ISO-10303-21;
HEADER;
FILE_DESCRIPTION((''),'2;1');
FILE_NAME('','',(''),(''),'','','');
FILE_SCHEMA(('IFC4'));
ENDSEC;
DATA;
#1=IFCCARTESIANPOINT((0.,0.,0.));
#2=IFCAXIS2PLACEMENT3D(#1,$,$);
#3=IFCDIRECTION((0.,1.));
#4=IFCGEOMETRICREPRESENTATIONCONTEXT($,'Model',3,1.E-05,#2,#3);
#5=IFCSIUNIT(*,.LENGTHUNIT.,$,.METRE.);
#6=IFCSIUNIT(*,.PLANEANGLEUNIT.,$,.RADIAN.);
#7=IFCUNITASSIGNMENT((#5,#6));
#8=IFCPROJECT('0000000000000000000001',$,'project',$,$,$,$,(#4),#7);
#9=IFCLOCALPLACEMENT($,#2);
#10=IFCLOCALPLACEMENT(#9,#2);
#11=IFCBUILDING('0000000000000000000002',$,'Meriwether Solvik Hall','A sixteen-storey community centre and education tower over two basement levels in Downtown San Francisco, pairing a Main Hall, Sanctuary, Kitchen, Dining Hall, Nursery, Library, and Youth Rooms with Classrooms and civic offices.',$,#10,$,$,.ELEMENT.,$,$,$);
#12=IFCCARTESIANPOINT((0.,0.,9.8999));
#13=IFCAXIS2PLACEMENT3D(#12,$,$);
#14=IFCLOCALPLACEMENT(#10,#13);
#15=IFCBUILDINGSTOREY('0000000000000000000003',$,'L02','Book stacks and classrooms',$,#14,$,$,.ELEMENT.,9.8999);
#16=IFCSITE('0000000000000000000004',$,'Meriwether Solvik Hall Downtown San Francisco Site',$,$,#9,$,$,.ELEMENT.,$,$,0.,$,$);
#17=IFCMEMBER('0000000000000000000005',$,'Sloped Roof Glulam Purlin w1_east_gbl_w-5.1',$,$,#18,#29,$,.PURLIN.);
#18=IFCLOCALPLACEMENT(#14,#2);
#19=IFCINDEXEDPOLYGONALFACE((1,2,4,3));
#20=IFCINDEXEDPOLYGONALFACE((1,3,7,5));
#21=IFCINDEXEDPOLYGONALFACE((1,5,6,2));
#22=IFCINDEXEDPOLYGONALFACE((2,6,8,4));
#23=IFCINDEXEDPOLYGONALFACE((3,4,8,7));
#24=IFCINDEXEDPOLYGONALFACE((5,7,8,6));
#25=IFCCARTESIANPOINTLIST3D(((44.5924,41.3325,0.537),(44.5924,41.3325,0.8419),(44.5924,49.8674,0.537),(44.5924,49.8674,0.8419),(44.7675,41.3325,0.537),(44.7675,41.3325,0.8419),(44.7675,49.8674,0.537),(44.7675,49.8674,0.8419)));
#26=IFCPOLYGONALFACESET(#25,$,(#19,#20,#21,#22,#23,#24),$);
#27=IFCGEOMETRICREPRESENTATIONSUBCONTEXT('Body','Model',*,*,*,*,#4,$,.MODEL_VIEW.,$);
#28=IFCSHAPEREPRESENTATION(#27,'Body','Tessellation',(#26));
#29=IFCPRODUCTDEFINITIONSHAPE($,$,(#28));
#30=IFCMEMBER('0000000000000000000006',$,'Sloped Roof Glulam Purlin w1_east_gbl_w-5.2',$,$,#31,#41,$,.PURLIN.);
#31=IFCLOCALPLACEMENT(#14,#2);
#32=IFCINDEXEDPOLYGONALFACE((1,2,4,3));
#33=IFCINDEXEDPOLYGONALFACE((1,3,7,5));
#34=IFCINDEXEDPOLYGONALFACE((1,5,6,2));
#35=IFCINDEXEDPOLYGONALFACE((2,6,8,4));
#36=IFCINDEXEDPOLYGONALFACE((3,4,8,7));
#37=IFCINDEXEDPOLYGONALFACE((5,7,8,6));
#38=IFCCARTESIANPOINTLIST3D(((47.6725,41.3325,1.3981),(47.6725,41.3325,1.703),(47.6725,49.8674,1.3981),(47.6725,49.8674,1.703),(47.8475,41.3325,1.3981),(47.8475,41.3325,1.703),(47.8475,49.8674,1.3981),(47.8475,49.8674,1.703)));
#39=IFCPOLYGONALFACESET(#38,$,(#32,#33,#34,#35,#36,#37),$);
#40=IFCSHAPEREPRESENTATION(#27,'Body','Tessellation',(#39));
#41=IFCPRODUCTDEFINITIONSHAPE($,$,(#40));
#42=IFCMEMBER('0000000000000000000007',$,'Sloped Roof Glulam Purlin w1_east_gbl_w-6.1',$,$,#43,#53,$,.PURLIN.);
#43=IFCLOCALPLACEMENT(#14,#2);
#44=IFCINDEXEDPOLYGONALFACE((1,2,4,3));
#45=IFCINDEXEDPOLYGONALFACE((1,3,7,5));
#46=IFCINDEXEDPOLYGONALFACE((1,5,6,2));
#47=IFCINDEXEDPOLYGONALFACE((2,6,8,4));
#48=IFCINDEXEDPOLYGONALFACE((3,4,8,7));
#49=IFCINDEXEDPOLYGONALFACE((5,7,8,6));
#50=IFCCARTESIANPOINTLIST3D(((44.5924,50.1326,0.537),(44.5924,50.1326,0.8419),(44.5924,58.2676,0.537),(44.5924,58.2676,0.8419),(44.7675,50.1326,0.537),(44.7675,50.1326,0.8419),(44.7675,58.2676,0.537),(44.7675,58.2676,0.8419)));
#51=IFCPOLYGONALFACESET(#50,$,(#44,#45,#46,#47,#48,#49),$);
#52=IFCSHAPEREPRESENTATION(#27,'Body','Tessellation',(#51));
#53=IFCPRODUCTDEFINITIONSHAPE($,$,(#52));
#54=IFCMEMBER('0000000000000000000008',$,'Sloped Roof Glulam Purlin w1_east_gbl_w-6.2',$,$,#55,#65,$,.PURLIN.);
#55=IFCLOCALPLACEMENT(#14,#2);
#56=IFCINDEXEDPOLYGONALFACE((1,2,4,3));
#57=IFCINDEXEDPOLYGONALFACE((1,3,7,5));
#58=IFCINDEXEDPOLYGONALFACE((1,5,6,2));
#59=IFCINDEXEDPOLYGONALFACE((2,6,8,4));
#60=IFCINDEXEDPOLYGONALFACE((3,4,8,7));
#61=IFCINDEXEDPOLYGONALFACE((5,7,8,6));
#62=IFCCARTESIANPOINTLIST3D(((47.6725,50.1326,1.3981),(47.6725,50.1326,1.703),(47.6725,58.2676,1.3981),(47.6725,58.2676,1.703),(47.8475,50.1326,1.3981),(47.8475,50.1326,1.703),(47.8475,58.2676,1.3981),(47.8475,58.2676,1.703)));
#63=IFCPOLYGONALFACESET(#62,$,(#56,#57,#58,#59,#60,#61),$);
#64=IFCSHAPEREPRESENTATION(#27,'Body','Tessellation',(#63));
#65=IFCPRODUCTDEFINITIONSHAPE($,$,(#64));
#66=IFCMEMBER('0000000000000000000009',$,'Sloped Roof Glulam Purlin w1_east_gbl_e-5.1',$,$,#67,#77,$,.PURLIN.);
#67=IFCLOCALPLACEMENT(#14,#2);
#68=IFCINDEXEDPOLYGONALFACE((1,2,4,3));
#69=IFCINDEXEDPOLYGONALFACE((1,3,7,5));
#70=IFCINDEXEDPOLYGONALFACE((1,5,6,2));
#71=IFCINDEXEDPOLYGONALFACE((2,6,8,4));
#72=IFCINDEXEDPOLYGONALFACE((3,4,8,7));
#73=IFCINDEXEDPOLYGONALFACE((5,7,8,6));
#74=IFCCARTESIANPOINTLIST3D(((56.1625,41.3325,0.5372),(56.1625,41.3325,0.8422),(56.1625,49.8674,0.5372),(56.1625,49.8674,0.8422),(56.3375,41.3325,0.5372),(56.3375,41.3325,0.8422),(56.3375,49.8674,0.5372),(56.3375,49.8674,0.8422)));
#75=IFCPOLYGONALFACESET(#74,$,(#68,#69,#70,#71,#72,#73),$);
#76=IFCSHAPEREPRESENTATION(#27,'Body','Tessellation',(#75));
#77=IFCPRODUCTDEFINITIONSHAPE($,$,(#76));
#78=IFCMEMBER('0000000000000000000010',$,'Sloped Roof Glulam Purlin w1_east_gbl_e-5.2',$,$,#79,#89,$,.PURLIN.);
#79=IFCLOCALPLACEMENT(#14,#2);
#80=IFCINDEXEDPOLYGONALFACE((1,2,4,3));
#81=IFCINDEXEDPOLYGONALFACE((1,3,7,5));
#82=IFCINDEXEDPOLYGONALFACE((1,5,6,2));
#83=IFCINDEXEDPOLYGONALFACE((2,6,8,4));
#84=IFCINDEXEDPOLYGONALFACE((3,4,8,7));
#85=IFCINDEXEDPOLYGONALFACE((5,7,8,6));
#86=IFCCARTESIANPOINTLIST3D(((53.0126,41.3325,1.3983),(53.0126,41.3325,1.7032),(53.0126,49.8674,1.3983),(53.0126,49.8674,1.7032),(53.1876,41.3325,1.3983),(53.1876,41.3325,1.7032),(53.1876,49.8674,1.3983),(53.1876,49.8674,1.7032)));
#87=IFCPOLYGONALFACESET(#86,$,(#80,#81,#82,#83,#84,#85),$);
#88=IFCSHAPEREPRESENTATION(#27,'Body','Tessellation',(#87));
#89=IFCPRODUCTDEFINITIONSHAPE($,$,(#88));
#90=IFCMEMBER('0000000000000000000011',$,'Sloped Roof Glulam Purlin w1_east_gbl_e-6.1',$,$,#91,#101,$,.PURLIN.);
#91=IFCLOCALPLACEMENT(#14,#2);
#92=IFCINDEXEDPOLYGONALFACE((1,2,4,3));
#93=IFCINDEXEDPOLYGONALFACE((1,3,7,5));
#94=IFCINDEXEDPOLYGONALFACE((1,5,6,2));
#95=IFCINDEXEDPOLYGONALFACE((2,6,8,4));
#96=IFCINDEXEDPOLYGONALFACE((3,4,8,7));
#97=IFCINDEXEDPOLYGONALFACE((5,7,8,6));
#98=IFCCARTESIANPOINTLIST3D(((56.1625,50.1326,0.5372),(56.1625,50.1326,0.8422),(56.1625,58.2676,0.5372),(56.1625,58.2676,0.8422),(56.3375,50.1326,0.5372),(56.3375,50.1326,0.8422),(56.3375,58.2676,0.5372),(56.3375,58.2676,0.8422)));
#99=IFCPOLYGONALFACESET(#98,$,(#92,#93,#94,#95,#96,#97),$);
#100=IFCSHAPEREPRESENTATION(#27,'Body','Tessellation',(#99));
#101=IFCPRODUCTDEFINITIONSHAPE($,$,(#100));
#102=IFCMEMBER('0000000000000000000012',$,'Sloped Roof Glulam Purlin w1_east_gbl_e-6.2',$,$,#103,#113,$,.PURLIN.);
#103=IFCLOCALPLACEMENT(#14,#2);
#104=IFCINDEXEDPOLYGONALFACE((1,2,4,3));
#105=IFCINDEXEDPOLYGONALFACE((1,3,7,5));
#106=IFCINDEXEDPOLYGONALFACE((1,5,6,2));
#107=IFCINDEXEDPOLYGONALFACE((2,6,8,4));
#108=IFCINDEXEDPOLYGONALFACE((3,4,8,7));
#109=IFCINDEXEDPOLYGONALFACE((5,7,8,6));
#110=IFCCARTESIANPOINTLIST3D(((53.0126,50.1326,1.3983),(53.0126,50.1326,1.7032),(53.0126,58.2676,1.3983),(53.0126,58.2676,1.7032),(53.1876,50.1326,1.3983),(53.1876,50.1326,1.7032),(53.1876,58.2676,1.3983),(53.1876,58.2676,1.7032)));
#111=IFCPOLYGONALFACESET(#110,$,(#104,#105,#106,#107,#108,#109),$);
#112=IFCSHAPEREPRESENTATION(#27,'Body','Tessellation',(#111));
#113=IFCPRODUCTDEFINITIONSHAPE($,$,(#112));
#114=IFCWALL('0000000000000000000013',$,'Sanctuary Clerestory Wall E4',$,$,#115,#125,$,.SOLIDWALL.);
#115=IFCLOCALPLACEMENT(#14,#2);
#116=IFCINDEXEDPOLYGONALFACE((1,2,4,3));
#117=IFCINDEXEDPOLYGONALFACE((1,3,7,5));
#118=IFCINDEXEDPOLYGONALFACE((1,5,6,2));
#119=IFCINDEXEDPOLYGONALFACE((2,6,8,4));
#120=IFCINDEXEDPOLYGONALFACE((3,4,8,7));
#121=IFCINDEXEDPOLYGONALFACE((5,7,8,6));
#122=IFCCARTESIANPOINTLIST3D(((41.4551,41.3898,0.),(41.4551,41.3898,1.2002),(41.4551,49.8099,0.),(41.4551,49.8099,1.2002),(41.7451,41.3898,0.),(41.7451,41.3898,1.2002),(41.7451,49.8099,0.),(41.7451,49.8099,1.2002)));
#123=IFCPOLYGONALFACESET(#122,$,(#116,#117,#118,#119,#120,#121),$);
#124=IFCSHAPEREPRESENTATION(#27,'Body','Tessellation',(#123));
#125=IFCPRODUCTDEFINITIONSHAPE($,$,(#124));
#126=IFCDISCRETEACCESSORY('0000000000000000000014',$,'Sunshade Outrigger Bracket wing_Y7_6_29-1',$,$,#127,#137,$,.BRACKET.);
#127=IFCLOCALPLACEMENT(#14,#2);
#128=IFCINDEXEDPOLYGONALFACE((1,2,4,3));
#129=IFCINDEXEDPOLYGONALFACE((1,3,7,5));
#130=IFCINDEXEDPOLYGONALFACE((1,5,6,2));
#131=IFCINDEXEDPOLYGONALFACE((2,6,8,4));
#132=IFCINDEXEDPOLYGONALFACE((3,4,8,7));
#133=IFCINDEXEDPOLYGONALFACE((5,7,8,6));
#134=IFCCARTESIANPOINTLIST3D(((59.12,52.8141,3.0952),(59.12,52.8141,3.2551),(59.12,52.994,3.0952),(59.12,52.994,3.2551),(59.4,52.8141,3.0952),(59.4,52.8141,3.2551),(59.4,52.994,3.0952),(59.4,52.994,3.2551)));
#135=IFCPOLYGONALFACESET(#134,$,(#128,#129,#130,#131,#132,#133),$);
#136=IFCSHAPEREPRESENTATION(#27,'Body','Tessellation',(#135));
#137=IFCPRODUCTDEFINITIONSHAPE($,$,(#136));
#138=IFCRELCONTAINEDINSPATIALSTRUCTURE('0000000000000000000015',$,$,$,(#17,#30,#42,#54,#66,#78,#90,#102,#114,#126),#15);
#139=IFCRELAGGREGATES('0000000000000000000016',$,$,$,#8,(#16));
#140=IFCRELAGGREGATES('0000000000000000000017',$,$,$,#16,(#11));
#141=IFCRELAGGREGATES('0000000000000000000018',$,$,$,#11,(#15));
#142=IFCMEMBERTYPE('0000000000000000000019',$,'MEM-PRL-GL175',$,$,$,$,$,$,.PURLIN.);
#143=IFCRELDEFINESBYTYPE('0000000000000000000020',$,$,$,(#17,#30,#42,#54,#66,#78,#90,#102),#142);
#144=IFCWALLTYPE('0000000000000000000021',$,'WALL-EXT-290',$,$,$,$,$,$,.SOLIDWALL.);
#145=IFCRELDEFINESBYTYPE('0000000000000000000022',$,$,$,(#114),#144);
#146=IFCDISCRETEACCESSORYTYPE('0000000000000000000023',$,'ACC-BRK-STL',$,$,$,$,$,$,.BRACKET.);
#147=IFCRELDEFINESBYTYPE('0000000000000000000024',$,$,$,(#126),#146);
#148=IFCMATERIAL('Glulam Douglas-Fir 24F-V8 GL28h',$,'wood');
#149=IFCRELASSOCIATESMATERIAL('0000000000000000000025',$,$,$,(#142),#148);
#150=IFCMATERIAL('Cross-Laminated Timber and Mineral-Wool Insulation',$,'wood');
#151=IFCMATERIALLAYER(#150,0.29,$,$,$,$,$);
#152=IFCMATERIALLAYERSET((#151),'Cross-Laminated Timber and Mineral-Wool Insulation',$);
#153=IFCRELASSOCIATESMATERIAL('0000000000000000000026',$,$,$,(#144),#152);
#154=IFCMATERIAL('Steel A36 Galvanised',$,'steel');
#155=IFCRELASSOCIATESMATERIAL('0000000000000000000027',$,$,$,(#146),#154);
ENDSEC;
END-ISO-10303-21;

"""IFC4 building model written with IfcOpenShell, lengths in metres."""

from ifc_helpers import new_model, si_unit, direction, frame, frame_2d, origin, origin_2d, place, context, subcontext, project, spatial, rectangle, extrude, material, layer, layer_set, material_profile, profile_set, type_object, element, save


model = new_model("IFC4")

# Units and contexts
model_context = context("Model", 3, precision=1e-05, world=origin(), true_north=direction((0.0, 1.0)))
body_context = subcontext(model_context, "Body", "Model", "MODEL_VIEW")
ifc_project = project(units=[si_unit("LENGTHUNIT", "METRE"), si_unit("PLANEANGLEUNIT", "RADIAN")], contexts=[model_context])

# Site, building, storey
site_placement = place(None, origin())
site = spatial("IfcSite", under=ifc_project, at=site_placement, Name="Meriwether Solvik Hall Downtown San Francisco Site", CompositionType="ELEMENT", RefElevation=0.0)
building_placement = place(site_placement, origin())
building = spatial("IfcBuilding", under=site, at=building_placement, Name="Meriwether Solvik Hall", Description="A sixteen-storey community centre and education tower over two basement levels in Downtown San Francisco, pairing a Main Hall, Sanctuary, Kitchen, Dining Hall, Nursery, Library, and Youth Rooms with Classrooms and civic offices.", CompositionType="ELEMENT")
storey_placement = place(building_placement, frame((0.0, 0.0, 9.8999)))
storey = spatial("IfcBuildingStorey", under=building, at=storey_placement, Name="L02", Description="Book stacks and classrooms", CompositionType="ELEMENT", Elevation=9.8999)

# Members
ifc_material_1 = material(Name="Glulam Douglas-Fir 24F-V8 GL28h", Category="wood")
ifc_material_profile_1 = material_profile(ifc_material_1, rectangle(XDim=0.175, YDim=0.3049, at=origin_2d()), Name="GLM-175X305")
ifc_profile_set_1 = profile_set([ifc_material_profile_1], Name="Glulam Douglas-Fir 24F-V8 GL28h")
member_type = type_object("IfcMemberType", Name="MEM-PRL-GL175", PredefinedType="PURLIN", material=ifc_profile_set_1)
for number, where, z_axis, x_axis, name in (
    (1, (44.6799, 41.3325, 0.6895), (0.0, 1.0, 0.0), (-1.0, 0.0, 0.0), "Sloped Roof Glulam Purlin w1_east_gbl_w-5.1"),
    (2, (47.76, 41.3325, 1.5505), (0.0, 1.0, 0.0), (-1.0, 0.0, 0.0), "Sloped Roof Glulam Purlin w1_east_gbl_w-5.2"),
):
    element("IfcMember", number, at=place(storey_placement, frame(where, z_axis=z_axis, x_axis=x_axis)), inside=storey, type_object=member_type, Name=name, PredefinedType="PURLIN", context=body_context, shape_type="SweptSolid", body=[
        extrude(rectangle(XDim=0.175, YDim=0.3049, at=origin_2d()), origin(), (0.0, 0.0, 1.0), 8.5349),
    ])
for number, where, z_axis, x_axis, name in (
    (3, (44.6799, 50.1326, 0.6895), (0.0, 1.0, 0.0), (-1.0, 0.0, 0.0), "Sloped Roof Glulam Purlin w1_east_gbl_w-6.1"),
    (4, (47.76, 50.1326, 1.5505), (0.0, 1.0, 0.0), (-1.0, 0.0, 0.0), "Sloped Roof Glulam Purlin w1_east_gbl_w-6.2"),
):
    element("IfcMember", number, at=place(storey_placement, frame(where, z_axis=z_axis, x_axis=x_axis)), inside=storey, type_object=member_type, Name=name, PredefinedType="PURLIN", context=body_context, shape_type="SweptSolid", body=[
        extrude(rectangle(XDim=0.175, YDim=0.3049, at=origin_2d()), origin(), (0.0, 0.0, 1.0), 8.135),
    ])
for number, where, z_axis, x_axis, name in (
    (5, (56.25, 41.3325, 0.6897), (0.0, 1.0, 0.0), (-1.0, 0.0, 0.0), "Sloped Roof Glulam Purlin w1_east_gbl_e-5.1"),
    (6, (53.1001, 41.3325, 1.5508), (0.0, 1.0, 0.0), (-1.0, 0.0, 0.0), "Sloped Roof Glulam Purlin w1_east_gbl_e-5.2"),
):
    element("IfcMember", number, at=place(storey_placement, frame(where, z_axis=z_axis, x_axis=x_axis)), inside=storey, type_object=member_type, Name=name, PredefinedType="PURLIN", context=body_context, shape_type="SweptSolid", body=[
        extrude(rectangle(XDim=0.175, YDim=0.3049, at=origin_2d()), origin(), (0.0, 0.0, 1.0), 8.5349),
    ])
for number, where, z_axis, x_axis, name in (
    (7, (56.25, 50.1326, 0.6897), (0.0, 1.0, 0.0), (-1.0, 0.0, 0.0), "Sloped Roof Glulam Purlin w1_east_gbl_e-6.1"),
    (8, (53.1001, 50.1326, 1.5508), (0.0, 1.0, 0.0), (-1.0, 0.0, 0.0), "Sloped Roof Glulam Purlin w1_east_gbl_e-6.2"),
):
    element("IfcMember", number, at=place(storey_placement, frame(where, z_axis=z_axis, x_axis=x_axis)), inside=storey, type_object=member_type, Name=name, PredefinedType="PURLIN", context=body_context, shape_type="SweptSolid", body=[
        extrude(rectangle(XDim=0.175, YDim=0.3049, at=origin_2d()), origin(), (0.0, 0.0, 1.0), 8.135),
    ])

# Wall
ifc_material_2 = material(Name="Cross-Laminated Timber and Mineral-Wool Insulation", Category="wood")
ifc_layer = layer(ifc_material_2, 0.29)
ifc_layer_set = layer_set([ifc_layer], Name="Cross-Laminated Timber and Mineral-Wool Insulation")
wall_type = type_object("IfcWallType", Name="WALL-EXT-290", PredefinedType="SOLIDWALL", material=ifc_layer_set)
wall_placement = place(storey_placement, frame((41.6001, 41.3899, 0.0), z_axis=(0.0, 0.0, 1.0), x_axis=(0.0, 1.0, 0.0)))
element("IfcWall", 9, at=wall_placement, inside=storey, type_object=wall_type, Name="Sanctuary Clerestory Wall E4", PredefinedType="SOLIDWALL", context=body_context, shape_type="SweptSolid", body=[
    extrude(rectangle(XDim=8.4202, YDim=0.29, at=frame_2d((4.21, 0.0))), origin(), (0.0, 0.0, 1.0), 1.2002),
])

# Discrete accessory
ifc_material_3 = material(Name="Steel A36 Galvanised", Category="steel")
discrete_accessory_type = type_object("IfcDiscreteAccessoryType", Name="ACC-BRK-STL", PredefinedType="BRACKET", material=ifc_material_3)
discrete_accessory_placement = place(storey_placement, frame((59.26, 52.9041, 3.0952), z_axis=(0.0, 0.0, 1.0), x_axis=(0.0, 1.0, 0.0)))
element("IfcDiscreteAccessory", 10, at=discrete_accessory_placement, inside=storey, type_object=discrete_accessory_type, Name="Sunshade Outrigger Bracket wing_Y7_6_29-1", PredefinedType="BRACKET", context=body_context, shape_type="SweptSolid", body=[
    extrude(rectangle(XDim=0.1799, YDim=0.28, at=origin_2d()), origin(), (0.0, 0.0, 1.0), 0.1599),
])

save(model, "model.ifc")
